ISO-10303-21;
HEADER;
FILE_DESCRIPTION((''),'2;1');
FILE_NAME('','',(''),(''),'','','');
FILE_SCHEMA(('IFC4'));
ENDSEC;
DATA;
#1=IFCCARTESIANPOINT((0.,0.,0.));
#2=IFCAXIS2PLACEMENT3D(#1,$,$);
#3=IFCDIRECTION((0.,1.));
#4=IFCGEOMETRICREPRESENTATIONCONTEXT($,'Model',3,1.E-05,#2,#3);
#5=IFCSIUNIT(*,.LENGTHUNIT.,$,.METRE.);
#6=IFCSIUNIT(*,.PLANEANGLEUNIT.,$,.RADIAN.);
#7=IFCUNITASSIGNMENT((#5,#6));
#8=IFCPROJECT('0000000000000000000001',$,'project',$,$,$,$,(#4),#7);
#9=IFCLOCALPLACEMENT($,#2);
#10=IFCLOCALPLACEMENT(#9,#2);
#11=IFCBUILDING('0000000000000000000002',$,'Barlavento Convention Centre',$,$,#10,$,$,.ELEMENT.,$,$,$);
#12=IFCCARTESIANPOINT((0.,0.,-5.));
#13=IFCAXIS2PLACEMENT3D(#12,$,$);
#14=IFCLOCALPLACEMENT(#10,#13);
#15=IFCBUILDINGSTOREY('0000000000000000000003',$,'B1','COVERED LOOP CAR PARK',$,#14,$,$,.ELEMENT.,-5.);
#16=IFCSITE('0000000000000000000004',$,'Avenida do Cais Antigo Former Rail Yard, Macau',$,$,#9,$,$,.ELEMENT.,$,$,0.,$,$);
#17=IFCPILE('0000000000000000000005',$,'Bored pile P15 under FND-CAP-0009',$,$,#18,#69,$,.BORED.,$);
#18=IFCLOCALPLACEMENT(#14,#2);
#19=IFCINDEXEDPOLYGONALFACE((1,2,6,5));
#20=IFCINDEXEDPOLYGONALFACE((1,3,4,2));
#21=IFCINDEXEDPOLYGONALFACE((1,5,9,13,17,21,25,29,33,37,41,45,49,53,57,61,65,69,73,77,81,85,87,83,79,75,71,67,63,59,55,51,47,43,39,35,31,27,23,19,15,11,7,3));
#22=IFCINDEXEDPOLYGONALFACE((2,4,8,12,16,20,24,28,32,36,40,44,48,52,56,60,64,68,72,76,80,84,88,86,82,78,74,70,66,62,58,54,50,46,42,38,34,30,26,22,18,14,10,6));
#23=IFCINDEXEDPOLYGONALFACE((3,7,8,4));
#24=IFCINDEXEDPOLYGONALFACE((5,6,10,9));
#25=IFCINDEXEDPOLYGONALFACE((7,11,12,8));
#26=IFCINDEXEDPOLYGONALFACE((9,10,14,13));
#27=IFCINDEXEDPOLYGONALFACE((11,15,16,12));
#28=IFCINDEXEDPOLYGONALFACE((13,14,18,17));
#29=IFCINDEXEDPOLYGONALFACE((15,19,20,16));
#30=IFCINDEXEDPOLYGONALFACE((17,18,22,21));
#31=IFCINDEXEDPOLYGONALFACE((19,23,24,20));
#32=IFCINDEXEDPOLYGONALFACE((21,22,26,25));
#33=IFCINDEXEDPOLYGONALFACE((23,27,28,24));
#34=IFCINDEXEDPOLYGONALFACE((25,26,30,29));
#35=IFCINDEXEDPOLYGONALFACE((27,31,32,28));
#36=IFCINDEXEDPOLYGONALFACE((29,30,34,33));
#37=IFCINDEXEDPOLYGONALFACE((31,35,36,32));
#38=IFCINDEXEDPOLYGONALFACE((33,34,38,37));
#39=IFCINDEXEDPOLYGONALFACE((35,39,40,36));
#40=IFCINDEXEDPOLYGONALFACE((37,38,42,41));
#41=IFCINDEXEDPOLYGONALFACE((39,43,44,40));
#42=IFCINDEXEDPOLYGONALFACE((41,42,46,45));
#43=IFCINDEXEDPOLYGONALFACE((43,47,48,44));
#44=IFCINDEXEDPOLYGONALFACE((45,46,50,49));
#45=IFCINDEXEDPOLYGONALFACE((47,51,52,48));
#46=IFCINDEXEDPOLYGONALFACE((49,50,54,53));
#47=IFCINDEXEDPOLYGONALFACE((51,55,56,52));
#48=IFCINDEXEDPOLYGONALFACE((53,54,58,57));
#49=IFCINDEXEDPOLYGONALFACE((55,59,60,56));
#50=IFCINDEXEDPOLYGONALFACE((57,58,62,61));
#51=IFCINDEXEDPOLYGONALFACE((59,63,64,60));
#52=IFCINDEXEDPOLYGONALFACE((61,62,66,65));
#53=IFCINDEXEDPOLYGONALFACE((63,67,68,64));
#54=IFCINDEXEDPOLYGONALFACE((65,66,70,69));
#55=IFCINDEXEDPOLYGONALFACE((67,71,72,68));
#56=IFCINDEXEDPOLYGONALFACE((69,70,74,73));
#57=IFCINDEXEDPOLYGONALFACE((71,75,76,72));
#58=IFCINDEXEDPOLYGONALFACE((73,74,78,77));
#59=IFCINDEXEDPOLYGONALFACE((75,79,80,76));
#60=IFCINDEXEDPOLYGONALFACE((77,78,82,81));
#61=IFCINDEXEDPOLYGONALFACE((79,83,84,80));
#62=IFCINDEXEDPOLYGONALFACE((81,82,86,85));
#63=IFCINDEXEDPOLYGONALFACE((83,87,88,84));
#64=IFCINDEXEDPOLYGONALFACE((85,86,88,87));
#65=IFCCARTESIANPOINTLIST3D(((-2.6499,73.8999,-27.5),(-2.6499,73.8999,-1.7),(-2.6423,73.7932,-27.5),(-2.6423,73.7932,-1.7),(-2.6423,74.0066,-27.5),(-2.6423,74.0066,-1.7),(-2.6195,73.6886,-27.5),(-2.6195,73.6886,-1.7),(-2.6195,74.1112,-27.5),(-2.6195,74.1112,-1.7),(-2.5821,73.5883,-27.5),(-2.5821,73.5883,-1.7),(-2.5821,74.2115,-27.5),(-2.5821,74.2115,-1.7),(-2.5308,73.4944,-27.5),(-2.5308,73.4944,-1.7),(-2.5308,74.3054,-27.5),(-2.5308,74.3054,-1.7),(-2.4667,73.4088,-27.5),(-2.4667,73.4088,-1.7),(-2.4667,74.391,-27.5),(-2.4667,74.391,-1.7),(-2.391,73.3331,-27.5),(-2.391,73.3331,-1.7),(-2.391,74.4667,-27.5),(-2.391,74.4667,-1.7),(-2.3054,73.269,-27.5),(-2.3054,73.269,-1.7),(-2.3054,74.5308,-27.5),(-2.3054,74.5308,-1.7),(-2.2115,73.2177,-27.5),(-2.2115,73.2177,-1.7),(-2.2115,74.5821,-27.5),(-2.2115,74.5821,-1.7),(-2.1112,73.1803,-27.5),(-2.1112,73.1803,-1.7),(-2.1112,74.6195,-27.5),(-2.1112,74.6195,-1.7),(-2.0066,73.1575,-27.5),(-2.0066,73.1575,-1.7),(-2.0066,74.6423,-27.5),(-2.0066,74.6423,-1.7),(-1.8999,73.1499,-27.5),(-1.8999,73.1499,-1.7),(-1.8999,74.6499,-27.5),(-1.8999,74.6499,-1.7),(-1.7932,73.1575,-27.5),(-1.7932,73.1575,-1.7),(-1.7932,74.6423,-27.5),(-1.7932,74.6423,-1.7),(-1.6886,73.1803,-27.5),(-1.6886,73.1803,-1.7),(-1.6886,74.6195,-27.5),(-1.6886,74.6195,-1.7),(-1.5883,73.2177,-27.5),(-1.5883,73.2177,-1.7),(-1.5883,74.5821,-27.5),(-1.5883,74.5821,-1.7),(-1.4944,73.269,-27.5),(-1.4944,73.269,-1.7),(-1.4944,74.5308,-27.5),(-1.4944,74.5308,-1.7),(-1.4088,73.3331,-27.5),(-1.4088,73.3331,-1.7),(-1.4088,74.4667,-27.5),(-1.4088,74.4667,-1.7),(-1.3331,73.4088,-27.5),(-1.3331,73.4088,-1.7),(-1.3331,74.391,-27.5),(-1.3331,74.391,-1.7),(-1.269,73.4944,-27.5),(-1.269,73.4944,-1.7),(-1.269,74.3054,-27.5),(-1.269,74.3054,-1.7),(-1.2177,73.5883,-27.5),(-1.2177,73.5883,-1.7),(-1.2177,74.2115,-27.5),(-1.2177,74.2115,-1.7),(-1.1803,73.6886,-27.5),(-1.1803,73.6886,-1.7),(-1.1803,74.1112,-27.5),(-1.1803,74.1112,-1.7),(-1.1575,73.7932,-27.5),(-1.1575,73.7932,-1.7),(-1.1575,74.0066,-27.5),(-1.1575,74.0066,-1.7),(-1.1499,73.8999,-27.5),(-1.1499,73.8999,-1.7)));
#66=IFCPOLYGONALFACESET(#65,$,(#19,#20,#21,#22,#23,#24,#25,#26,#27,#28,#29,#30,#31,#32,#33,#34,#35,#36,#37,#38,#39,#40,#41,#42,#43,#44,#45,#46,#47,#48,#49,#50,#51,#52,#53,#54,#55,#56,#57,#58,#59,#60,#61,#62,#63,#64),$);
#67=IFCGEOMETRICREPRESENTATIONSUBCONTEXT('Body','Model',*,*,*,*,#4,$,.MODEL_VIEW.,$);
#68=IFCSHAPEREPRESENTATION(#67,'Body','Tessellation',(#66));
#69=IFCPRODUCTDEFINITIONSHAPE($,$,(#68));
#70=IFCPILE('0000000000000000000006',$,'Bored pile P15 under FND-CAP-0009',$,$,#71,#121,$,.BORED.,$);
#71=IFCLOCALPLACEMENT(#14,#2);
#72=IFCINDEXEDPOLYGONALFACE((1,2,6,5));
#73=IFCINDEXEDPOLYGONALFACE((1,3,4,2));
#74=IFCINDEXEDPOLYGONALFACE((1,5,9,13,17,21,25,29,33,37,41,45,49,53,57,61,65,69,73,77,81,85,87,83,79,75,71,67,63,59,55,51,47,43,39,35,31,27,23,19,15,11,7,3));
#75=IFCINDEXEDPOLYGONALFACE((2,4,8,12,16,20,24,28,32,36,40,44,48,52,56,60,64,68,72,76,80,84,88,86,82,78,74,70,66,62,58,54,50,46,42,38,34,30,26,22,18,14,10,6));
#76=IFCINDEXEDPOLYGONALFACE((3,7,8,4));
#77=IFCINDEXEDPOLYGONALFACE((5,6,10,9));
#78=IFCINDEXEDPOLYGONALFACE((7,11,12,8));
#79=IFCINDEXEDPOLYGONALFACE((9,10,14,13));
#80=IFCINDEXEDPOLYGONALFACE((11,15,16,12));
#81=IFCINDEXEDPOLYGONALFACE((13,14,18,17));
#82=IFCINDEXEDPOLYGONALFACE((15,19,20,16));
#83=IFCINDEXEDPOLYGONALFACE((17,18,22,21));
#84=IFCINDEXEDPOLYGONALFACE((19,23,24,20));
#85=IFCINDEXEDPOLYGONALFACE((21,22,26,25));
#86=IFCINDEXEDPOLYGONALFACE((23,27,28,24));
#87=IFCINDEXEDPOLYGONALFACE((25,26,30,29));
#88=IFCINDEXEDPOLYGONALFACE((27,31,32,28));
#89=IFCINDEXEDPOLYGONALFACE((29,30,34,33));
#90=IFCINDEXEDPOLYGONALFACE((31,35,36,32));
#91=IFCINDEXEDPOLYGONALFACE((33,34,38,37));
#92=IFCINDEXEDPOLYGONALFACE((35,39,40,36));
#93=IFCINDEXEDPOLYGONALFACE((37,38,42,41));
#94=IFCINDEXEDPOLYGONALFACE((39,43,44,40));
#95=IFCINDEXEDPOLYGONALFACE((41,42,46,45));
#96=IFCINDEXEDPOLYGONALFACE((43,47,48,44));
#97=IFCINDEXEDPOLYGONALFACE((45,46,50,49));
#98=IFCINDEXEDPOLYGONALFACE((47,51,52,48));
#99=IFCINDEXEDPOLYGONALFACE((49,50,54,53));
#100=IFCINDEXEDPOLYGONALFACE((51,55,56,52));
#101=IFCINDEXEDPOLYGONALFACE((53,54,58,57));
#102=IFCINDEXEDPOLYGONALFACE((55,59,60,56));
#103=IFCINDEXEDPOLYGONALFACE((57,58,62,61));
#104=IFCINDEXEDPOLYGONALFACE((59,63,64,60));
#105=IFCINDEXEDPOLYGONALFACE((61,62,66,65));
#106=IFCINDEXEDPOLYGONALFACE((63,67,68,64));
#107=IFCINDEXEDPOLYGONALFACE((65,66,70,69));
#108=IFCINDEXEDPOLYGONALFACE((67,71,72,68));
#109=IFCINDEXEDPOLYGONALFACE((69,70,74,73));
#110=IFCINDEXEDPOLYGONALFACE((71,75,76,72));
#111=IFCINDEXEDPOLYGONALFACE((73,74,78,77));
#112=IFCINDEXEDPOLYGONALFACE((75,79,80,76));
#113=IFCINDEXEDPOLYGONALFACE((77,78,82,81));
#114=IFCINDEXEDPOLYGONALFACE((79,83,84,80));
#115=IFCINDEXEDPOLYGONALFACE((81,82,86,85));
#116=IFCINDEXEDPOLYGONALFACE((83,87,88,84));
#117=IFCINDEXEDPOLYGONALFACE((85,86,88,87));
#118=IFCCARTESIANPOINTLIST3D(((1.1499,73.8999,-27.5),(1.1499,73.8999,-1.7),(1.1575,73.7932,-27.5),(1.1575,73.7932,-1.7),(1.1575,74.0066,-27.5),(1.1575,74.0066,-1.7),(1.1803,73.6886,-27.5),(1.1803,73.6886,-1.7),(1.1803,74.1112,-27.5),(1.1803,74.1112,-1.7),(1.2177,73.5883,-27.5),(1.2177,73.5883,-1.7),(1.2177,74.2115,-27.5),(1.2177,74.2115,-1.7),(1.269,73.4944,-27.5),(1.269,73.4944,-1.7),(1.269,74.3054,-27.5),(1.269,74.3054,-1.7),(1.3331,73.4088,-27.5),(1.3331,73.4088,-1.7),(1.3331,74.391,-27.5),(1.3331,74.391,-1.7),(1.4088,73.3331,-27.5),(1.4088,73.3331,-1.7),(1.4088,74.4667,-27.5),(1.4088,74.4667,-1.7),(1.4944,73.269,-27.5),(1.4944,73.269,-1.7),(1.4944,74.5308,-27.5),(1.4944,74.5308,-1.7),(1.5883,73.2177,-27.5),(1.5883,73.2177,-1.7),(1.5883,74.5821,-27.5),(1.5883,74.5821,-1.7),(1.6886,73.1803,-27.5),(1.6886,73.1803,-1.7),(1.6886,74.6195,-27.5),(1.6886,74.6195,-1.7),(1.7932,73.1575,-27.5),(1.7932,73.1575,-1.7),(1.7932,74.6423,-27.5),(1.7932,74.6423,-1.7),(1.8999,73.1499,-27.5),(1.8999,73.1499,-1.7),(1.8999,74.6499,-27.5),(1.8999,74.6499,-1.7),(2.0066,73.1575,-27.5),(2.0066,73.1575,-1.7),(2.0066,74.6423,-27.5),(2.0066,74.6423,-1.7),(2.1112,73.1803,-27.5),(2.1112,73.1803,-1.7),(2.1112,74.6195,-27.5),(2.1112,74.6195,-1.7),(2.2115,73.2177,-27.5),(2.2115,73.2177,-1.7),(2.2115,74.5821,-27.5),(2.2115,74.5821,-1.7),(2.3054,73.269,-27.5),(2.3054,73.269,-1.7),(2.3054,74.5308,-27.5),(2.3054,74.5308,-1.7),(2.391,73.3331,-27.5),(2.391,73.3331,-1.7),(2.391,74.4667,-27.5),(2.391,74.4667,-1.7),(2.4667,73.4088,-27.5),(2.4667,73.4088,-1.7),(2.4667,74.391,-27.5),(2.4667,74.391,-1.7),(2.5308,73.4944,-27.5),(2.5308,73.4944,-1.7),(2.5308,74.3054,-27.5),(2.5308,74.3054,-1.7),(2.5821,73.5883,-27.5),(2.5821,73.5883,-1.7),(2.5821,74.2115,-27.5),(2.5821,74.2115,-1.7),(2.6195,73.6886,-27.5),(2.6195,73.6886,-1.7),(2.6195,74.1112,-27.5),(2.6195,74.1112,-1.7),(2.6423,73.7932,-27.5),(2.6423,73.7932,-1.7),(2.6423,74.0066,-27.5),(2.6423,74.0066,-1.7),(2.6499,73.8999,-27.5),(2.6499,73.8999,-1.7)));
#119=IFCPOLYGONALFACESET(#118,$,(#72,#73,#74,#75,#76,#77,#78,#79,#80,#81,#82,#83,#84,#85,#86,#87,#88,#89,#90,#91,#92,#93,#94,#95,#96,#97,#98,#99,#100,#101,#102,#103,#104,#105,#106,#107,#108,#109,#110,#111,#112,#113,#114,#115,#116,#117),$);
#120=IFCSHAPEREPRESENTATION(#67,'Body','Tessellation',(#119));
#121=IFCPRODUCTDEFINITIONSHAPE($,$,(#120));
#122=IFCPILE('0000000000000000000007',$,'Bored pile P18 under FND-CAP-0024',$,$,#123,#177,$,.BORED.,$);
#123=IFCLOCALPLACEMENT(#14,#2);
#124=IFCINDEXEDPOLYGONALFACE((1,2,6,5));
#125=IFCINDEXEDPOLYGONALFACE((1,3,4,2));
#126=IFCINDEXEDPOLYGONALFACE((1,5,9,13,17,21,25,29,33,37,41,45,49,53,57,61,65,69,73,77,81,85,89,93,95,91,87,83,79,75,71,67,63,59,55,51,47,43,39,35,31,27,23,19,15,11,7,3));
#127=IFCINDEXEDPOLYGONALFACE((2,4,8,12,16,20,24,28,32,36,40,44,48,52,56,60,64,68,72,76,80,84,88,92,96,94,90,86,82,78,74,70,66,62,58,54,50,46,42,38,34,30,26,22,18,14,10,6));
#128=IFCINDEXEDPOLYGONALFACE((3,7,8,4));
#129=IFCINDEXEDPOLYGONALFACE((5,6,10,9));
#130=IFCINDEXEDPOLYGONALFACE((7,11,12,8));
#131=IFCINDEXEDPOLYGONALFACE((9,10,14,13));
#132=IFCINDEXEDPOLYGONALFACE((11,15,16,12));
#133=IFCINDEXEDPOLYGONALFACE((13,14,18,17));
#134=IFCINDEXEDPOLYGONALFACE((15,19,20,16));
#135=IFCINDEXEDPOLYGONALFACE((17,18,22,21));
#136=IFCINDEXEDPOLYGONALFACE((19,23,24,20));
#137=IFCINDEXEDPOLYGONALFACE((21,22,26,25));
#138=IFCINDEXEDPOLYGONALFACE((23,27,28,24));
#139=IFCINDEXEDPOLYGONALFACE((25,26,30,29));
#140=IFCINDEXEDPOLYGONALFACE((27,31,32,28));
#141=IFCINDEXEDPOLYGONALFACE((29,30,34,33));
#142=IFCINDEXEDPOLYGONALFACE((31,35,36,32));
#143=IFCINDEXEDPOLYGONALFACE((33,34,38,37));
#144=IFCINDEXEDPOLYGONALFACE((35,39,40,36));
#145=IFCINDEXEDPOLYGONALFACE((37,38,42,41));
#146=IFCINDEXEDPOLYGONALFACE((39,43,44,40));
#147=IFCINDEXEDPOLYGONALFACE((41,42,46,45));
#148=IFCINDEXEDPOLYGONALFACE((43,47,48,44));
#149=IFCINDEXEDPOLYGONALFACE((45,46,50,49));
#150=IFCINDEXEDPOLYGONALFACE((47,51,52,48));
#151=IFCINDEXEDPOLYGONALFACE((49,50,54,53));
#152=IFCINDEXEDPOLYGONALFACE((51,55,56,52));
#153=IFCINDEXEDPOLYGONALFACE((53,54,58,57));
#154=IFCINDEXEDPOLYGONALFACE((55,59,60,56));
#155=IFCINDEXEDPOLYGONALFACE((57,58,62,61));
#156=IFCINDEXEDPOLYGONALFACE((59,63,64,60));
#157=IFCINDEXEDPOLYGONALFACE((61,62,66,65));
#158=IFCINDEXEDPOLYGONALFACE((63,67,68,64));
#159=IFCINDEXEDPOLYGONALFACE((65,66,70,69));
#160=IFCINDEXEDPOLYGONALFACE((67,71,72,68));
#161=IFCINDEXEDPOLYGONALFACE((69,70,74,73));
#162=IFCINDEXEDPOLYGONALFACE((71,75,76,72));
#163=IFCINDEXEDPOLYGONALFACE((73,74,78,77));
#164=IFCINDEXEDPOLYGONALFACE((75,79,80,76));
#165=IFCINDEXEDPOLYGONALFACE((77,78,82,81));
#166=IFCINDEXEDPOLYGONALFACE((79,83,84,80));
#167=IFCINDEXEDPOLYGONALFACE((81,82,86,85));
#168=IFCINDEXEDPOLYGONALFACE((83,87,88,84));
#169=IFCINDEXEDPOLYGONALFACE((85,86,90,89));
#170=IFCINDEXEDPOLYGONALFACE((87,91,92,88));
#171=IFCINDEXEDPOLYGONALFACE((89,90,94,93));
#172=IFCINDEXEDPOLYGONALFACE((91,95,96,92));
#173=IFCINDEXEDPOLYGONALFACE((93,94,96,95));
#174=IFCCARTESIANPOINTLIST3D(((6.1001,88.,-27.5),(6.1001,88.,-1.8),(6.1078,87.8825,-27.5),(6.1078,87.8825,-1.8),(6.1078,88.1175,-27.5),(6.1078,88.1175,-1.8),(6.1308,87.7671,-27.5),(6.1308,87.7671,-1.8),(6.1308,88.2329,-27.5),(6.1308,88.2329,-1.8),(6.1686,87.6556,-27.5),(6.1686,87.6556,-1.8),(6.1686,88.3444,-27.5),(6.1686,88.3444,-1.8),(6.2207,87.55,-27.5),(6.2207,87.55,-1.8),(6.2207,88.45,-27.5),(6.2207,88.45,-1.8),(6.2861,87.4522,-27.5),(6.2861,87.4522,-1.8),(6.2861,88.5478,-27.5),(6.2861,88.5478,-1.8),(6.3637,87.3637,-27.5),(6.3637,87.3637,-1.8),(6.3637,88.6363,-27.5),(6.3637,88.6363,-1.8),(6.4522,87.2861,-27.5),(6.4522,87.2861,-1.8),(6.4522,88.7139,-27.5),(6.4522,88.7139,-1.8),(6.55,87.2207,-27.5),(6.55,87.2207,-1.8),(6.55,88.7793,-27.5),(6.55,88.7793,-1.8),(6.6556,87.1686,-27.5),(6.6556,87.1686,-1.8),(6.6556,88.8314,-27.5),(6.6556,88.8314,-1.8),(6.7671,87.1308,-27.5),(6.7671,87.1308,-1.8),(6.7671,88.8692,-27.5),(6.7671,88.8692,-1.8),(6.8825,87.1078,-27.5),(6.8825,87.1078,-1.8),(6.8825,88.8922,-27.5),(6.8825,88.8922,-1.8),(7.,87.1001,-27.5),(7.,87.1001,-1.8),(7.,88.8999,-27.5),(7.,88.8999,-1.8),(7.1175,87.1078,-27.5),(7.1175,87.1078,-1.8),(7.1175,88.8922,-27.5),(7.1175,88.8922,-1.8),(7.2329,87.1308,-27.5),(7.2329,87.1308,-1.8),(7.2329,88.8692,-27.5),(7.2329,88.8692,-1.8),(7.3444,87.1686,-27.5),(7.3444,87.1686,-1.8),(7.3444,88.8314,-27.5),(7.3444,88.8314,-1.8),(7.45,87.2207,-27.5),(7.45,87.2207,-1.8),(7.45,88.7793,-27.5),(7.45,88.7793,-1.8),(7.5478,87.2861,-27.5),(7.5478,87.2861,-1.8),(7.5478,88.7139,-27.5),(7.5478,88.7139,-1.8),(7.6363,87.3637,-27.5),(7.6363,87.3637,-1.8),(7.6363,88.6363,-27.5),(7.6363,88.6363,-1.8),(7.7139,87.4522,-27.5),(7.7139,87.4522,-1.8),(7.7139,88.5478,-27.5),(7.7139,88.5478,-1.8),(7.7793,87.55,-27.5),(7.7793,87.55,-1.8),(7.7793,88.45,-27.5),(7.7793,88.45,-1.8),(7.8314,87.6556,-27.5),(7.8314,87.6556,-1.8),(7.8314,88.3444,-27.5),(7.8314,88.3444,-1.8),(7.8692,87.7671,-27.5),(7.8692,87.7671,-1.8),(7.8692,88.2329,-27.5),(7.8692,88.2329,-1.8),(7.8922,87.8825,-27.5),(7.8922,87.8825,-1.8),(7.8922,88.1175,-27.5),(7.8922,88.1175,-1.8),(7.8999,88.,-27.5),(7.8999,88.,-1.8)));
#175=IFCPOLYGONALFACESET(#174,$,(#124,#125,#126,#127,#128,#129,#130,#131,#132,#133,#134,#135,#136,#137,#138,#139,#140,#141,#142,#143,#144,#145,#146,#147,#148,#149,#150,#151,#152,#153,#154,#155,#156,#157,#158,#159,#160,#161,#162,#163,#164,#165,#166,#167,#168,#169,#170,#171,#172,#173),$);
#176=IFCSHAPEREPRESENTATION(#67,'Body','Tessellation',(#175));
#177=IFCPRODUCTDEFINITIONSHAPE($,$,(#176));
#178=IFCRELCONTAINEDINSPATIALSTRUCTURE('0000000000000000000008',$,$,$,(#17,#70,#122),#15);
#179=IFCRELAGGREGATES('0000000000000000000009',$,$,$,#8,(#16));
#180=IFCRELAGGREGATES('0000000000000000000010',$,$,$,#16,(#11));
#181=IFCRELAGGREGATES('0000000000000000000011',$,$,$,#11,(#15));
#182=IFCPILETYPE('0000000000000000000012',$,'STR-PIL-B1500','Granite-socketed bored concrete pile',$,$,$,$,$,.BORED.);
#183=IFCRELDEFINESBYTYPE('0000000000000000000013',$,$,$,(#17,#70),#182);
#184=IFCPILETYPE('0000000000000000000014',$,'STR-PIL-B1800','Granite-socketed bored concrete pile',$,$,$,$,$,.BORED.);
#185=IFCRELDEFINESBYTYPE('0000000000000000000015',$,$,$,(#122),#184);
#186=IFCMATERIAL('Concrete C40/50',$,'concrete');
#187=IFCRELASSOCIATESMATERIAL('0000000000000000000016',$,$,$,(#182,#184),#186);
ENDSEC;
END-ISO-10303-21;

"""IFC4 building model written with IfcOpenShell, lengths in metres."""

from ifc_helpers import new_model, si_unit, direction, frame, origin, origin_2d, place, context, subcontext, project, spatial, circle, extrude, material, material_profile, profile_set, type_object, element, save


model = new_model("IFC4")

# Units and contexts
model_context = context("Model", 3, precision=1e-05, world=origin(), true_north=direction((0.0, 1.0)))
body_context = subcontext(model_context, "Body", "Model", "MODEL_VIEW")
ifc_project = project(units=[si_unit("LENGTHUNIT", "METRE"), si_unit("PLANEANGLEUNIT", "RADIAN")], contexts=[model_context])

# Site, building, storey
site_placement = place(None, origin())
site = spatial("IfcSite", under=ifc_project, at=site_placement, Name="Avenida do Cais Antigo Former Rail Yard, Macau", CompositionType="ELEMENT", RefElevation=0.0)
building_placement = place(site_placement, origin())
building = spatial("IfcBuilding", under=site, at=building_placement, Name="Barlavento Convention Centre", CompositionType="ELEMENT")
storey_placement = place(building_placement, frame((0.0, 0.0, -5.0)))
storey = spatial("IfcBuildingStorey", under=building, at=storey_placement, Name="B1", Description="COVERED LOOP CAR PARK", CompositionType="ELEMENT", Elevation=-5.0)

# Shared definitions
ifc_material_1 = material(Name="Concrete C40/50", Category="concrete")

# Piles
ifc_material_profile_1 = material_profile(ifc_material_1, circle(Radius=0.75, at=origin_2d()), Name="BORED PILE 1500")
ifc_profile_set_1 = profile_set([ifc_material_profile_1], Name="Concrete C40/50")
pile_type_1 = type_object("IfcPileType", Name="STR-PIL-B1500", Description="Granite-socketed bored concrete pile", PredefinedType="BORED", material=ifc_profile_set_1)
for number, where, z_axis, x_axis, name in (
    (1, (-1.8999, 73.8999, -1.7), (0.0, 0.0, -1.0), (1.0, 0.0, 0.0), "Bored pile P15 under FND-CAP-0009"),
    (2, (1.8999, 73.8999, -1.7), (0.0, 0.0, -1.0), (1.0, 0.0, 0.0), "Bored pile P15 under FND-CAP-0009"),
):
    element("IfcPile", number, at=place(storey_placement, frame(where, z_axis=z_axis, x_axis=x_axis)), inside=storey, type_object=pile_type_1, Name=name, PredefinedType="BORED", context=body_context, shape_type="SweptSolid", body=[
        extrude(circle(Radius=0.75, at=origin_2d()), origin(), (0.0, 0.0, 1.0), 25.8),
    ])
ifc_material_profile_2 = material_profile(ifc_material_1, circle(Radius=0.8999, at=origin_2d()), Name="BORED PILE 1800")
ifc_profile_set_2 = profile_set([ifc_material_profile_2], Name="Concrete C40/50")
pile_type_2 = type_object("IfcPileType", Name="STR-PIL-B1800", Description="Granite-socketed bored concrete pile", PredefinedType="BORED", material=ifc_profile_set_2)
for number, where, z_axis, x_axis, name in (
    (3, (7.0, 88.0, -1.8), (0.0, 0.0, -1.0), (1.0, 0.0, 0.0), "Bored pile P18 under FND-CAP-0024"),
):
    element("IfcPile", number, at=place(storey_placement, frame(where, z_axis=z_axis, x_axis=x_axis)), inside=storey, type_object=pile_type_2, Name=name, PredefinedType="BORED", context=body_context, shape_type="SweptSolid", body=[
        extrude(circle(Radius=0.8999, at=origin_2d()), origin(), (0.0, 0.0, 1.0), 25.7),
    ])

save(model, "model.ifc")
